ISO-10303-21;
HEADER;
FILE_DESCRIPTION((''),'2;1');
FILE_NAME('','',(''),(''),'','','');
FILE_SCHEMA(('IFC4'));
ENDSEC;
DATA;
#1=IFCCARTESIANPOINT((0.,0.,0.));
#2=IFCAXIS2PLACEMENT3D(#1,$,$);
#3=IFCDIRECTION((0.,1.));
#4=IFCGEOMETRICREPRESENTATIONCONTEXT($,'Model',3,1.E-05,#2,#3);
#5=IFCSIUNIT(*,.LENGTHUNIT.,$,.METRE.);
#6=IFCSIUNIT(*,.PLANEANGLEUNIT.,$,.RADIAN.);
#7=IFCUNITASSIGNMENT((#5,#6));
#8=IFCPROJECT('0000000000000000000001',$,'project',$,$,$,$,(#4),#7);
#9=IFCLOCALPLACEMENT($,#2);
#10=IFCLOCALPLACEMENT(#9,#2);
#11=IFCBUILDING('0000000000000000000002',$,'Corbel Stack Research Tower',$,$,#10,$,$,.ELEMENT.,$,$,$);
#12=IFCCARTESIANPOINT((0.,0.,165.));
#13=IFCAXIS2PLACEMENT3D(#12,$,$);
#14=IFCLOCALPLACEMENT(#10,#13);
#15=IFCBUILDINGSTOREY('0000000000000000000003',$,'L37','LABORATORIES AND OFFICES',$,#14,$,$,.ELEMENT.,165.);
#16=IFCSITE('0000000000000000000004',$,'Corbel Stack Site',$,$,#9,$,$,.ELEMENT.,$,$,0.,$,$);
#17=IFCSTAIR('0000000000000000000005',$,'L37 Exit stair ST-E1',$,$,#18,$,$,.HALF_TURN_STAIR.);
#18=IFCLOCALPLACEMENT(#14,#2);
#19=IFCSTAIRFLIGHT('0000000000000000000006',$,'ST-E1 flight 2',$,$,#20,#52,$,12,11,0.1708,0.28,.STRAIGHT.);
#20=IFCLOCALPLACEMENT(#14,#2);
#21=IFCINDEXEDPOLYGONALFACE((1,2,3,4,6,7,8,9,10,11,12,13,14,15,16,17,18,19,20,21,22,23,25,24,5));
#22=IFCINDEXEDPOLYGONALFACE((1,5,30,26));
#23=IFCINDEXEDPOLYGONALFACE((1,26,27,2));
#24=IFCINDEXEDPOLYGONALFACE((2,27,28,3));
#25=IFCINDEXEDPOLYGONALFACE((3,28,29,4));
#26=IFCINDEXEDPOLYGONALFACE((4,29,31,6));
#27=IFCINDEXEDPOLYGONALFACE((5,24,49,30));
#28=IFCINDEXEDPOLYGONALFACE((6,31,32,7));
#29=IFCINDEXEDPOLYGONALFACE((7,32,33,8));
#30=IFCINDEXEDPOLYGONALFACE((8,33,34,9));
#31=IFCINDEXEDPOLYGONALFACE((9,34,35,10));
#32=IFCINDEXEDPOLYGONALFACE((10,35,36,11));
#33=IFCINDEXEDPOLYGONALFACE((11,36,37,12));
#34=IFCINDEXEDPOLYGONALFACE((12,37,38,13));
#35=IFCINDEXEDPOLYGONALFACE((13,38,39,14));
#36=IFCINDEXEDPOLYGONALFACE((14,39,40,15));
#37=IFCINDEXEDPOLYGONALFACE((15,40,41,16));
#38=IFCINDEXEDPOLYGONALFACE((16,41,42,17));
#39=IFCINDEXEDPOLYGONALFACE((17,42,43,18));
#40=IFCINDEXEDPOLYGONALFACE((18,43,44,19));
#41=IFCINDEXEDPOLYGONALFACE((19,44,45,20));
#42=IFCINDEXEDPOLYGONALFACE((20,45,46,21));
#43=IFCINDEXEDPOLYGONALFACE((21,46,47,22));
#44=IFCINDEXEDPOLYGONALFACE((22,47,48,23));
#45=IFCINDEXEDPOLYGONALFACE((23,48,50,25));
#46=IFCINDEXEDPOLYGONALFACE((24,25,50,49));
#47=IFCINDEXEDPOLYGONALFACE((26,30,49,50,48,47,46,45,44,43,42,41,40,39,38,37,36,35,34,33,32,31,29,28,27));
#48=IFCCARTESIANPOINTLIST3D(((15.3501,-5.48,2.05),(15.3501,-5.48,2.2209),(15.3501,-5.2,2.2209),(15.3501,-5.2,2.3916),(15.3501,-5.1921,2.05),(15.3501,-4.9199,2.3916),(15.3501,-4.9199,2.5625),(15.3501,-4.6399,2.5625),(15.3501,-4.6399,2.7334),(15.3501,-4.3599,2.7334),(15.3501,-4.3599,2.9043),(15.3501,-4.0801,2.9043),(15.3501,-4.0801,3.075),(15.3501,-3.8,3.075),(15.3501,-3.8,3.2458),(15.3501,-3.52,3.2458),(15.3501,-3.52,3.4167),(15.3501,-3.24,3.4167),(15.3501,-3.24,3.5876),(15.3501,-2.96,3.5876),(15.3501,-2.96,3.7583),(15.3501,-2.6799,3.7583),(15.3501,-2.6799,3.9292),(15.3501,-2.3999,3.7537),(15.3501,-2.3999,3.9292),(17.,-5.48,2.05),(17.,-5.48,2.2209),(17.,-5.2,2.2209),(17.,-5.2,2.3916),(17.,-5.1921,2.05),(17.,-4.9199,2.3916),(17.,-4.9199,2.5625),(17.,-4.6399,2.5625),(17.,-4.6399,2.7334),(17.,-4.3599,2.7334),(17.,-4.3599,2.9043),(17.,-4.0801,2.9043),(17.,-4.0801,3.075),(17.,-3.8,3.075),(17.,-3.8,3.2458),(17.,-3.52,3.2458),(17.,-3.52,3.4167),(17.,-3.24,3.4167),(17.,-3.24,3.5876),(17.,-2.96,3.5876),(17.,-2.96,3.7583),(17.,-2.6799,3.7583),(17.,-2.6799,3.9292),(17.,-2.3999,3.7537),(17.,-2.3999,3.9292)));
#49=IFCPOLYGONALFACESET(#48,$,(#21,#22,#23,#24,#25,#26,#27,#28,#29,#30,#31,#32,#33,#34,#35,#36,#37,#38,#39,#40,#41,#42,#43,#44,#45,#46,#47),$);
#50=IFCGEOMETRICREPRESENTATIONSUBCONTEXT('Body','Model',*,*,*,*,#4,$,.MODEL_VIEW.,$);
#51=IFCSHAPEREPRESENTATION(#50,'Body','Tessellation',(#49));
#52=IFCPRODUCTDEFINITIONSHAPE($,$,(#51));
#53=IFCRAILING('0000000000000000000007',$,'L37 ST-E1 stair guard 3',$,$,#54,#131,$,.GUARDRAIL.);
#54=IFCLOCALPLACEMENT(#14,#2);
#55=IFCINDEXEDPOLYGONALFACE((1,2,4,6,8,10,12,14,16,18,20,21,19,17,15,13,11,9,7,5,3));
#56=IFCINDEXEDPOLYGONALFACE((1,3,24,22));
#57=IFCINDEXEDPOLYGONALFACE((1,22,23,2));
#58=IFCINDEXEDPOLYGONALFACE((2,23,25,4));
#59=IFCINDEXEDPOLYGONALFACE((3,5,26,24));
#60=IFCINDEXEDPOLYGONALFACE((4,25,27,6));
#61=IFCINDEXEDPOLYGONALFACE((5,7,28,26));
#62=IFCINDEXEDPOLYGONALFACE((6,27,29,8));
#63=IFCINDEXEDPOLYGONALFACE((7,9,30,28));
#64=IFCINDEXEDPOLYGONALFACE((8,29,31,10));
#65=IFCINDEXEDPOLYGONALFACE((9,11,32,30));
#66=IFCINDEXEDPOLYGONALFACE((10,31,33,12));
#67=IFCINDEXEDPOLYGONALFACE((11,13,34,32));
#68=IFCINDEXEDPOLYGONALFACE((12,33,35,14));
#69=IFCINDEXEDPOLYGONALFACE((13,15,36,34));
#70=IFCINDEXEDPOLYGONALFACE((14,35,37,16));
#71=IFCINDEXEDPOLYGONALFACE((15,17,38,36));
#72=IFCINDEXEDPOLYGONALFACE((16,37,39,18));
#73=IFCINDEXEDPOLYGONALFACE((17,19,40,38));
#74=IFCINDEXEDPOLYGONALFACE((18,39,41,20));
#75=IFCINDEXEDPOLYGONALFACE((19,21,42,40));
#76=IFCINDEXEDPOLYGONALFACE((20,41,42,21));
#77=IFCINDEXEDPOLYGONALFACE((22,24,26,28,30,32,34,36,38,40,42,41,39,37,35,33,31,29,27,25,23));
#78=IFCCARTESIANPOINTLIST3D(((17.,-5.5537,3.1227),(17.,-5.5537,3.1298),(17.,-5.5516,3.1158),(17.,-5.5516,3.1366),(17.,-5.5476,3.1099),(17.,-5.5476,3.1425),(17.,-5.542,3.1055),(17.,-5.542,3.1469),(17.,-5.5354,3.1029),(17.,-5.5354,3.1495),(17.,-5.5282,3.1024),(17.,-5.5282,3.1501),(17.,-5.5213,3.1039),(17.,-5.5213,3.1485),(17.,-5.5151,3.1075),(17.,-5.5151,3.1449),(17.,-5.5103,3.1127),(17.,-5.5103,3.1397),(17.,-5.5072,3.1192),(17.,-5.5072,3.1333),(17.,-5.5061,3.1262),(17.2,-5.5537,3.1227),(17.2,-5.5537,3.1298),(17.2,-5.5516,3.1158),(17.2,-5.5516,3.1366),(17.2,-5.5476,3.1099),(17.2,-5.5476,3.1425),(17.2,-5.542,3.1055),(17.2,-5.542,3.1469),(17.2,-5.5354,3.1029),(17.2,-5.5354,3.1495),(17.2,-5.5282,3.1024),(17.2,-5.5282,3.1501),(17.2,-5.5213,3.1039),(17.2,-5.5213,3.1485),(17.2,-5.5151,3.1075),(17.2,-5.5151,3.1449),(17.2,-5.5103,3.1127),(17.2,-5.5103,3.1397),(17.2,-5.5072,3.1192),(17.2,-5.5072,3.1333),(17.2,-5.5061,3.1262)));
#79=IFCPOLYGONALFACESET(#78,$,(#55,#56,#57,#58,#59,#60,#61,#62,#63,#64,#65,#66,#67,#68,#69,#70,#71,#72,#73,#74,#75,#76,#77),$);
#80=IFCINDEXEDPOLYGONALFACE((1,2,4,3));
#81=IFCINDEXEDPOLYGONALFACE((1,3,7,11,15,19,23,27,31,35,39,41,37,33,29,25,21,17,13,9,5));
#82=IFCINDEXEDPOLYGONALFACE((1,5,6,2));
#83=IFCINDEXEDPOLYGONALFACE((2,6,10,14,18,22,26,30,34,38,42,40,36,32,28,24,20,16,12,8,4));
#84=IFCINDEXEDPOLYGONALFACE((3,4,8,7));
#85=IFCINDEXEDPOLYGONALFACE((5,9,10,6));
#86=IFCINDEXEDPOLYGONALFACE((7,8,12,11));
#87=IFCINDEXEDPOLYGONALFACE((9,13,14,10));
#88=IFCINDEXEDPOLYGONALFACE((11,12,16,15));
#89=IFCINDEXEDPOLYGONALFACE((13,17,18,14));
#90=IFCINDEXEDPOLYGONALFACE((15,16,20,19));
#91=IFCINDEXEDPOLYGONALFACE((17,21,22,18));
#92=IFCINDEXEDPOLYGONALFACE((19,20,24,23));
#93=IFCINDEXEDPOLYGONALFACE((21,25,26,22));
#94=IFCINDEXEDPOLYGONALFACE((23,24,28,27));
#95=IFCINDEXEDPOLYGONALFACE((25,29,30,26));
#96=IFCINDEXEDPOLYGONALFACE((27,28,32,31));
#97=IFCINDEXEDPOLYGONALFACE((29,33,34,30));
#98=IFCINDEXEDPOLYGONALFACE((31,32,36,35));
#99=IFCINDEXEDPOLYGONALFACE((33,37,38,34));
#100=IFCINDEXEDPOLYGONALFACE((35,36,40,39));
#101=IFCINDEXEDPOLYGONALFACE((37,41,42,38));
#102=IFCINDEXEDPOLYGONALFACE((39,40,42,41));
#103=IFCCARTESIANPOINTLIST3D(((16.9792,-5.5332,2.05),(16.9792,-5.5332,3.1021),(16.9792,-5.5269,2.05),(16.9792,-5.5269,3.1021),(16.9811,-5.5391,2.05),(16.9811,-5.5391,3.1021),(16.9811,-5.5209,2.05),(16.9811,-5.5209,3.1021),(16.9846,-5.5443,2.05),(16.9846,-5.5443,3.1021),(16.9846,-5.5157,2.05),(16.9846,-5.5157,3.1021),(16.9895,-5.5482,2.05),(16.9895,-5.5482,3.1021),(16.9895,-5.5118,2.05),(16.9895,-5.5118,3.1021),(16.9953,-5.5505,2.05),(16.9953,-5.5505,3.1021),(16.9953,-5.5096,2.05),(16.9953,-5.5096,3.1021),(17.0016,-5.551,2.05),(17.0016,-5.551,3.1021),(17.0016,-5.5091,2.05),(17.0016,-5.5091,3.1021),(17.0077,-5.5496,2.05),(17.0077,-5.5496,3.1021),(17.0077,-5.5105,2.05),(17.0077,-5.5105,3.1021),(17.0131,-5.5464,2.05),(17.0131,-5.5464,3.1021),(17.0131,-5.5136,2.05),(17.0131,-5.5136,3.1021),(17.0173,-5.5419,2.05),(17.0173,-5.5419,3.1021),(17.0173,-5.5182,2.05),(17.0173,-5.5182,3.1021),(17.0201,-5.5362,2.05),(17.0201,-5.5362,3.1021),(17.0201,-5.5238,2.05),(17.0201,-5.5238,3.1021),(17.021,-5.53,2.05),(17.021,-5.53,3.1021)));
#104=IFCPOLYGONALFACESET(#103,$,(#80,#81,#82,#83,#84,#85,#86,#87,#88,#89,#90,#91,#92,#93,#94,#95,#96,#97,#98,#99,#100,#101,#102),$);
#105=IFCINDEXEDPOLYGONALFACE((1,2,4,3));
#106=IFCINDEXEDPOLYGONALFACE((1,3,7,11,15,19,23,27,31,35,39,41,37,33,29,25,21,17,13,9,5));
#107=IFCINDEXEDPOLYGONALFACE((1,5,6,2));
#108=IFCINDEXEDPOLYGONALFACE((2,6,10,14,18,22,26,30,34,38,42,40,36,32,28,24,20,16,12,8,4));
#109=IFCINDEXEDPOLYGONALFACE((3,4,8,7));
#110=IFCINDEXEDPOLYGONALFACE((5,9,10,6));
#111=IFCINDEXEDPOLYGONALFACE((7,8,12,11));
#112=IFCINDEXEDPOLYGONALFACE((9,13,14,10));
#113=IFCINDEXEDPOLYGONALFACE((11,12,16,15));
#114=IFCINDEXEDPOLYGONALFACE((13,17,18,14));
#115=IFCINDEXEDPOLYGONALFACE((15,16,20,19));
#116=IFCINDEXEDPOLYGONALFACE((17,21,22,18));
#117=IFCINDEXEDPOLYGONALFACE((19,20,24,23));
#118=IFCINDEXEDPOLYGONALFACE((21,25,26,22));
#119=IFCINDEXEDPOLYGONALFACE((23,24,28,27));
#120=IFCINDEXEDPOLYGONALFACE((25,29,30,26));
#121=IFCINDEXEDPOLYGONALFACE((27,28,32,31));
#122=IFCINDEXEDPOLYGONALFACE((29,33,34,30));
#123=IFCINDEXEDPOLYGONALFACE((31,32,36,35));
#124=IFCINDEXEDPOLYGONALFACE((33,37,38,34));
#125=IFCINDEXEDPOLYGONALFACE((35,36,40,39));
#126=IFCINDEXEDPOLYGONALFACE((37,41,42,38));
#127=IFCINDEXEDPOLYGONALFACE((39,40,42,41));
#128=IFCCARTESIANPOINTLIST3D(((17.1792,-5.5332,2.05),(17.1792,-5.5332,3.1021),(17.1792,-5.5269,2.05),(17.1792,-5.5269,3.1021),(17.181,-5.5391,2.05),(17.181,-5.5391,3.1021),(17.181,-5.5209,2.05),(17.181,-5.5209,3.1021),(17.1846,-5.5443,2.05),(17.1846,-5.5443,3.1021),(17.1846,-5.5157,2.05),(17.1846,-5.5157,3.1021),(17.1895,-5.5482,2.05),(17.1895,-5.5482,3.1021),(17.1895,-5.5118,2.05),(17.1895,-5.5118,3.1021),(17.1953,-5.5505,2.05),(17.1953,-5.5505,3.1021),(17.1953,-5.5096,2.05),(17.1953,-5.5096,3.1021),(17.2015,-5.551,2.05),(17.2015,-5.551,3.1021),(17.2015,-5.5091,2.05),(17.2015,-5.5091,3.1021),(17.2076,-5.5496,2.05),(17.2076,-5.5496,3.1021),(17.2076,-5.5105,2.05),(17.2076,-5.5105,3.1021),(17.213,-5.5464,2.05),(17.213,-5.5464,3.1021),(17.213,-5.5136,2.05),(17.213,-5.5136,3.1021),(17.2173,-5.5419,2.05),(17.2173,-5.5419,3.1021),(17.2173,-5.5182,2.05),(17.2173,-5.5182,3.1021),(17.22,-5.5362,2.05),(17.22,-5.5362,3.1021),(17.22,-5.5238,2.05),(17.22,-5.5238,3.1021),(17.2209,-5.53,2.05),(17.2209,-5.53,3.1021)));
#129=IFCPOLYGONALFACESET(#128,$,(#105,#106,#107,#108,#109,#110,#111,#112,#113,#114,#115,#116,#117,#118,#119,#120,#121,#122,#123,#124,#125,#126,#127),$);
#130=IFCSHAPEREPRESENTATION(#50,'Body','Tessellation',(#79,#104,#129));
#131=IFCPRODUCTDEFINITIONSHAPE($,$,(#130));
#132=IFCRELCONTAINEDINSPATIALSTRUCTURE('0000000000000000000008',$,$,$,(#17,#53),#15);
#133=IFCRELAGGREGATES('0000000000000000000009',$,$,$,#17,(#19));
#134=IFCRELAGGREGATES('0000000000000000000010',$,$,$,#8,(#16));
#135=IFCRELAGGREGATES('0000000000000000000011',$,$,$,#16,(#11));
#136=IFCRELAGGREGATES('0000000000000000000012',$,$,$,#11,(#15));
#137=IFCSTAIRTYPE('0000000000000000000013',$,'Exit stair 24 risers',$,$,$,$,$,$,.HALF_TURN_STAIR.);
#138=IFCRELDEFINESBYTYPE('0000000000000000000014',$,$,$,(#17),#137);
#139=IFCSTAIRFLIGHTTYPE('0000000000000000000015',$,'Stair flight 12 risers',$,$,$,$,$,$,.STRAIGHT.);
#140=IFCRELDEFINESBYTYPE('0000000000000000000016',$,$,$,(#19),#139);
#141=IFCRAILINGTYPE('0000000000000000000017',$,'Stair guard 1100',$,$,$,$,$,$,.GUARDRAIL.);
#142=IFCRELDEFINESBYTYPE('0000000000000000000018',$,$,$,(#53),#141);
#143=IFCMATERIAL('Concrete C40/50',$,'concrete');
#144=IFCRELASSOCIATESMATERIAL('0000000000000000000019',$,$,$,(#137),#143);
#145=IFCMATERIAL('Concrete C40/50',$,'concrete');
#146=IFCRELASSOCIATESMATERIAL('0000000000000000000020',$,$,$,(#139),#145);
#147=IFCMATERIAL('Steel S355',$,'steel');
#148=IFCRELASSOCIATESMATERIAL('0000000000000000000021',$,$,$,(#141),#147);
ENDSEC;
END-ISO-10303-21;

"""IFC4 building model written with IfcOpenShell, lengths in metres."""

from ifc_helpers import new_model, si_unit, direction, frame, origin, origin_2d, place, context, subcontext, project, spatial, polyline, circle, outline, extrude, material, type_object, element, aggregate, save


model = new_model("IFC4")

# Units and contexts
model_context = context("Model", 3, precision=1e-05, world=origin(), true_north=direction((0.0, 1.0)))
body_context = subcontext(model_context, "Body", "Model", "MODEL_VIEW")
ifc_project = project(units=[si_unit("LENGTHUNIT", "METRE"), si_unit("PLANEANGLEUNIT", "RADIAN")], contexts=[model_context])

# Site, building, storey
site_placement = place(None, origin())
site = spatial("IfcSite", under=ifc_project, at=site_placement, Name="Corbel Stack Site", CompositionType="ELEMENT", RefElevation=0.0)
building_placement = place(site_placement, origin())
building = spatial("IfcBuilding", under=site, at=building_placement, Name="Corbel Stack Research Tower", CompositionType="ELEMENT")
storey_placement = place(building_placement, frame((0.0, 0.0, 165.0)))
storey = spatial("IfcBuildingStorey", under=building, at=storey_placement, Name="L37", Description="LABORATORIES AND OFFICES", CompositionType="ELEMENT", Elevation=165.0)

# Stair, stair flight
ifc_material_1 = material(Name="Concrete C40/50", Category="concrete")
stair_type = type_object("IfcStairType", Name="Exit stair 24 risers", PredefinedType="HALF_TURN_STAIR", material=ifc_material_1)
stair_placement = place(storey_placement, origin())
stair = element("IfcStair", 1, at=stair_placement, inside=storey, type_object=stair_type, Name="L37 Exit stair ST-E1", PredefinedType="HALF_TURN_STAIR")
ifc_material_2 = material(Name="Concrete C40/50", Category="concrete")
stair_flight_type = type_object("IfcStairFlightType", Name="Stair flight 12 risers", PredefinedType="STRAIGHT", material=ifc_material_2)
stair_flight_placement = place(storey_placement, frame((16.175, -5.48, 2.05), z_axis=(0.0, 0.0, 1.0), x_axis=(0.0, 1.0, 0.0)))
stair_flight = element("IfcStairFlight", 2, at=stair_flight_placement, type_object=stair_flight_type, Name="ST-E1 flight 2", NumberOfRisers=12, NumberOfTreads=11, PredefinedType="STRAIGHT", RiserHeight=0.1708, TreadLength=0.28, context=body_context, shape_type="SweptSolid", body=[
    extrude(outline(polyline([(0.0, 0.0), (0.0, 0.1709), (0.28, 0.1709), (0.28, 0.3416), (0.5601, 0.3416), (0.5601, 0.5125), (0.8401, 0.5125), (0.8401, 0.6833), (1.1201, 0.6833), (1.1201, 0.8542), (1.3999, 0.8542), (1.3999, 1.0249), (1.6799, 1.0249), (1.6799, 1.1958), (1.96, 1.1958), (1.96, 1.3667), (2.24, 1.3667), (2.24, 1.5376), (2.52, 1.5376), (2.52, 1.7083), (2.8, 1.7083), (2.8, 1.8792), (3.0801, 1.8792), (3.0801, 2.05), (3.0801, 1.7036), (0.2878, 0.0), (0.0, 0.0)])), frame((0.0, 0.825, 0.0), z_axis=(0.0, -1.0, 0.0), x_axis=(1.0, 0.0, 0.0)), (0.0, 0.0, 1.0), 1.6499),
])
aggregate(stair, [stair_flight])

# Railing
ifc_material_3 = material(Name="Steel S355", Category="steel")
railing_type_1 = type_object("IfcRailingType", Name="Stair guard 1100", PredefinedType="GUARDRAIL", material=ifc_material_3)
railing_1_placement = place(storey_placement, frame((17.0, -5.53, 2.05)))
element("IfcRailing", 3, at=railing_1_placement, inside=storey, type_object=railing_type_1, Name="L37 ST-E1 stair guard 3", PredefinedType="GUARDRAIL", context=body_context, shape_type="SweptSolid", body=[
    extrude(circle(Radius=0.0239, at=origin_2d()), frame((0.0, 0.0, 1.0762), z_axis=(1.0, 0.0, 0.0), x_axis=(0.0, 1.0, 0.0)), (0.0, 0.0, 1.0), 0.2),
    extrude(circle(Radius=0.021, at=origin_2d()), origin(), (0.0, 0.0, 1.0), 1.052),
    extrude(circle(Radius=0.021, at=origin_2d()), frame((0.2, 0.0, 0.0)), (0.0, 0.0, 1.0), 1.052),
])

save(model, "model.ifc")
